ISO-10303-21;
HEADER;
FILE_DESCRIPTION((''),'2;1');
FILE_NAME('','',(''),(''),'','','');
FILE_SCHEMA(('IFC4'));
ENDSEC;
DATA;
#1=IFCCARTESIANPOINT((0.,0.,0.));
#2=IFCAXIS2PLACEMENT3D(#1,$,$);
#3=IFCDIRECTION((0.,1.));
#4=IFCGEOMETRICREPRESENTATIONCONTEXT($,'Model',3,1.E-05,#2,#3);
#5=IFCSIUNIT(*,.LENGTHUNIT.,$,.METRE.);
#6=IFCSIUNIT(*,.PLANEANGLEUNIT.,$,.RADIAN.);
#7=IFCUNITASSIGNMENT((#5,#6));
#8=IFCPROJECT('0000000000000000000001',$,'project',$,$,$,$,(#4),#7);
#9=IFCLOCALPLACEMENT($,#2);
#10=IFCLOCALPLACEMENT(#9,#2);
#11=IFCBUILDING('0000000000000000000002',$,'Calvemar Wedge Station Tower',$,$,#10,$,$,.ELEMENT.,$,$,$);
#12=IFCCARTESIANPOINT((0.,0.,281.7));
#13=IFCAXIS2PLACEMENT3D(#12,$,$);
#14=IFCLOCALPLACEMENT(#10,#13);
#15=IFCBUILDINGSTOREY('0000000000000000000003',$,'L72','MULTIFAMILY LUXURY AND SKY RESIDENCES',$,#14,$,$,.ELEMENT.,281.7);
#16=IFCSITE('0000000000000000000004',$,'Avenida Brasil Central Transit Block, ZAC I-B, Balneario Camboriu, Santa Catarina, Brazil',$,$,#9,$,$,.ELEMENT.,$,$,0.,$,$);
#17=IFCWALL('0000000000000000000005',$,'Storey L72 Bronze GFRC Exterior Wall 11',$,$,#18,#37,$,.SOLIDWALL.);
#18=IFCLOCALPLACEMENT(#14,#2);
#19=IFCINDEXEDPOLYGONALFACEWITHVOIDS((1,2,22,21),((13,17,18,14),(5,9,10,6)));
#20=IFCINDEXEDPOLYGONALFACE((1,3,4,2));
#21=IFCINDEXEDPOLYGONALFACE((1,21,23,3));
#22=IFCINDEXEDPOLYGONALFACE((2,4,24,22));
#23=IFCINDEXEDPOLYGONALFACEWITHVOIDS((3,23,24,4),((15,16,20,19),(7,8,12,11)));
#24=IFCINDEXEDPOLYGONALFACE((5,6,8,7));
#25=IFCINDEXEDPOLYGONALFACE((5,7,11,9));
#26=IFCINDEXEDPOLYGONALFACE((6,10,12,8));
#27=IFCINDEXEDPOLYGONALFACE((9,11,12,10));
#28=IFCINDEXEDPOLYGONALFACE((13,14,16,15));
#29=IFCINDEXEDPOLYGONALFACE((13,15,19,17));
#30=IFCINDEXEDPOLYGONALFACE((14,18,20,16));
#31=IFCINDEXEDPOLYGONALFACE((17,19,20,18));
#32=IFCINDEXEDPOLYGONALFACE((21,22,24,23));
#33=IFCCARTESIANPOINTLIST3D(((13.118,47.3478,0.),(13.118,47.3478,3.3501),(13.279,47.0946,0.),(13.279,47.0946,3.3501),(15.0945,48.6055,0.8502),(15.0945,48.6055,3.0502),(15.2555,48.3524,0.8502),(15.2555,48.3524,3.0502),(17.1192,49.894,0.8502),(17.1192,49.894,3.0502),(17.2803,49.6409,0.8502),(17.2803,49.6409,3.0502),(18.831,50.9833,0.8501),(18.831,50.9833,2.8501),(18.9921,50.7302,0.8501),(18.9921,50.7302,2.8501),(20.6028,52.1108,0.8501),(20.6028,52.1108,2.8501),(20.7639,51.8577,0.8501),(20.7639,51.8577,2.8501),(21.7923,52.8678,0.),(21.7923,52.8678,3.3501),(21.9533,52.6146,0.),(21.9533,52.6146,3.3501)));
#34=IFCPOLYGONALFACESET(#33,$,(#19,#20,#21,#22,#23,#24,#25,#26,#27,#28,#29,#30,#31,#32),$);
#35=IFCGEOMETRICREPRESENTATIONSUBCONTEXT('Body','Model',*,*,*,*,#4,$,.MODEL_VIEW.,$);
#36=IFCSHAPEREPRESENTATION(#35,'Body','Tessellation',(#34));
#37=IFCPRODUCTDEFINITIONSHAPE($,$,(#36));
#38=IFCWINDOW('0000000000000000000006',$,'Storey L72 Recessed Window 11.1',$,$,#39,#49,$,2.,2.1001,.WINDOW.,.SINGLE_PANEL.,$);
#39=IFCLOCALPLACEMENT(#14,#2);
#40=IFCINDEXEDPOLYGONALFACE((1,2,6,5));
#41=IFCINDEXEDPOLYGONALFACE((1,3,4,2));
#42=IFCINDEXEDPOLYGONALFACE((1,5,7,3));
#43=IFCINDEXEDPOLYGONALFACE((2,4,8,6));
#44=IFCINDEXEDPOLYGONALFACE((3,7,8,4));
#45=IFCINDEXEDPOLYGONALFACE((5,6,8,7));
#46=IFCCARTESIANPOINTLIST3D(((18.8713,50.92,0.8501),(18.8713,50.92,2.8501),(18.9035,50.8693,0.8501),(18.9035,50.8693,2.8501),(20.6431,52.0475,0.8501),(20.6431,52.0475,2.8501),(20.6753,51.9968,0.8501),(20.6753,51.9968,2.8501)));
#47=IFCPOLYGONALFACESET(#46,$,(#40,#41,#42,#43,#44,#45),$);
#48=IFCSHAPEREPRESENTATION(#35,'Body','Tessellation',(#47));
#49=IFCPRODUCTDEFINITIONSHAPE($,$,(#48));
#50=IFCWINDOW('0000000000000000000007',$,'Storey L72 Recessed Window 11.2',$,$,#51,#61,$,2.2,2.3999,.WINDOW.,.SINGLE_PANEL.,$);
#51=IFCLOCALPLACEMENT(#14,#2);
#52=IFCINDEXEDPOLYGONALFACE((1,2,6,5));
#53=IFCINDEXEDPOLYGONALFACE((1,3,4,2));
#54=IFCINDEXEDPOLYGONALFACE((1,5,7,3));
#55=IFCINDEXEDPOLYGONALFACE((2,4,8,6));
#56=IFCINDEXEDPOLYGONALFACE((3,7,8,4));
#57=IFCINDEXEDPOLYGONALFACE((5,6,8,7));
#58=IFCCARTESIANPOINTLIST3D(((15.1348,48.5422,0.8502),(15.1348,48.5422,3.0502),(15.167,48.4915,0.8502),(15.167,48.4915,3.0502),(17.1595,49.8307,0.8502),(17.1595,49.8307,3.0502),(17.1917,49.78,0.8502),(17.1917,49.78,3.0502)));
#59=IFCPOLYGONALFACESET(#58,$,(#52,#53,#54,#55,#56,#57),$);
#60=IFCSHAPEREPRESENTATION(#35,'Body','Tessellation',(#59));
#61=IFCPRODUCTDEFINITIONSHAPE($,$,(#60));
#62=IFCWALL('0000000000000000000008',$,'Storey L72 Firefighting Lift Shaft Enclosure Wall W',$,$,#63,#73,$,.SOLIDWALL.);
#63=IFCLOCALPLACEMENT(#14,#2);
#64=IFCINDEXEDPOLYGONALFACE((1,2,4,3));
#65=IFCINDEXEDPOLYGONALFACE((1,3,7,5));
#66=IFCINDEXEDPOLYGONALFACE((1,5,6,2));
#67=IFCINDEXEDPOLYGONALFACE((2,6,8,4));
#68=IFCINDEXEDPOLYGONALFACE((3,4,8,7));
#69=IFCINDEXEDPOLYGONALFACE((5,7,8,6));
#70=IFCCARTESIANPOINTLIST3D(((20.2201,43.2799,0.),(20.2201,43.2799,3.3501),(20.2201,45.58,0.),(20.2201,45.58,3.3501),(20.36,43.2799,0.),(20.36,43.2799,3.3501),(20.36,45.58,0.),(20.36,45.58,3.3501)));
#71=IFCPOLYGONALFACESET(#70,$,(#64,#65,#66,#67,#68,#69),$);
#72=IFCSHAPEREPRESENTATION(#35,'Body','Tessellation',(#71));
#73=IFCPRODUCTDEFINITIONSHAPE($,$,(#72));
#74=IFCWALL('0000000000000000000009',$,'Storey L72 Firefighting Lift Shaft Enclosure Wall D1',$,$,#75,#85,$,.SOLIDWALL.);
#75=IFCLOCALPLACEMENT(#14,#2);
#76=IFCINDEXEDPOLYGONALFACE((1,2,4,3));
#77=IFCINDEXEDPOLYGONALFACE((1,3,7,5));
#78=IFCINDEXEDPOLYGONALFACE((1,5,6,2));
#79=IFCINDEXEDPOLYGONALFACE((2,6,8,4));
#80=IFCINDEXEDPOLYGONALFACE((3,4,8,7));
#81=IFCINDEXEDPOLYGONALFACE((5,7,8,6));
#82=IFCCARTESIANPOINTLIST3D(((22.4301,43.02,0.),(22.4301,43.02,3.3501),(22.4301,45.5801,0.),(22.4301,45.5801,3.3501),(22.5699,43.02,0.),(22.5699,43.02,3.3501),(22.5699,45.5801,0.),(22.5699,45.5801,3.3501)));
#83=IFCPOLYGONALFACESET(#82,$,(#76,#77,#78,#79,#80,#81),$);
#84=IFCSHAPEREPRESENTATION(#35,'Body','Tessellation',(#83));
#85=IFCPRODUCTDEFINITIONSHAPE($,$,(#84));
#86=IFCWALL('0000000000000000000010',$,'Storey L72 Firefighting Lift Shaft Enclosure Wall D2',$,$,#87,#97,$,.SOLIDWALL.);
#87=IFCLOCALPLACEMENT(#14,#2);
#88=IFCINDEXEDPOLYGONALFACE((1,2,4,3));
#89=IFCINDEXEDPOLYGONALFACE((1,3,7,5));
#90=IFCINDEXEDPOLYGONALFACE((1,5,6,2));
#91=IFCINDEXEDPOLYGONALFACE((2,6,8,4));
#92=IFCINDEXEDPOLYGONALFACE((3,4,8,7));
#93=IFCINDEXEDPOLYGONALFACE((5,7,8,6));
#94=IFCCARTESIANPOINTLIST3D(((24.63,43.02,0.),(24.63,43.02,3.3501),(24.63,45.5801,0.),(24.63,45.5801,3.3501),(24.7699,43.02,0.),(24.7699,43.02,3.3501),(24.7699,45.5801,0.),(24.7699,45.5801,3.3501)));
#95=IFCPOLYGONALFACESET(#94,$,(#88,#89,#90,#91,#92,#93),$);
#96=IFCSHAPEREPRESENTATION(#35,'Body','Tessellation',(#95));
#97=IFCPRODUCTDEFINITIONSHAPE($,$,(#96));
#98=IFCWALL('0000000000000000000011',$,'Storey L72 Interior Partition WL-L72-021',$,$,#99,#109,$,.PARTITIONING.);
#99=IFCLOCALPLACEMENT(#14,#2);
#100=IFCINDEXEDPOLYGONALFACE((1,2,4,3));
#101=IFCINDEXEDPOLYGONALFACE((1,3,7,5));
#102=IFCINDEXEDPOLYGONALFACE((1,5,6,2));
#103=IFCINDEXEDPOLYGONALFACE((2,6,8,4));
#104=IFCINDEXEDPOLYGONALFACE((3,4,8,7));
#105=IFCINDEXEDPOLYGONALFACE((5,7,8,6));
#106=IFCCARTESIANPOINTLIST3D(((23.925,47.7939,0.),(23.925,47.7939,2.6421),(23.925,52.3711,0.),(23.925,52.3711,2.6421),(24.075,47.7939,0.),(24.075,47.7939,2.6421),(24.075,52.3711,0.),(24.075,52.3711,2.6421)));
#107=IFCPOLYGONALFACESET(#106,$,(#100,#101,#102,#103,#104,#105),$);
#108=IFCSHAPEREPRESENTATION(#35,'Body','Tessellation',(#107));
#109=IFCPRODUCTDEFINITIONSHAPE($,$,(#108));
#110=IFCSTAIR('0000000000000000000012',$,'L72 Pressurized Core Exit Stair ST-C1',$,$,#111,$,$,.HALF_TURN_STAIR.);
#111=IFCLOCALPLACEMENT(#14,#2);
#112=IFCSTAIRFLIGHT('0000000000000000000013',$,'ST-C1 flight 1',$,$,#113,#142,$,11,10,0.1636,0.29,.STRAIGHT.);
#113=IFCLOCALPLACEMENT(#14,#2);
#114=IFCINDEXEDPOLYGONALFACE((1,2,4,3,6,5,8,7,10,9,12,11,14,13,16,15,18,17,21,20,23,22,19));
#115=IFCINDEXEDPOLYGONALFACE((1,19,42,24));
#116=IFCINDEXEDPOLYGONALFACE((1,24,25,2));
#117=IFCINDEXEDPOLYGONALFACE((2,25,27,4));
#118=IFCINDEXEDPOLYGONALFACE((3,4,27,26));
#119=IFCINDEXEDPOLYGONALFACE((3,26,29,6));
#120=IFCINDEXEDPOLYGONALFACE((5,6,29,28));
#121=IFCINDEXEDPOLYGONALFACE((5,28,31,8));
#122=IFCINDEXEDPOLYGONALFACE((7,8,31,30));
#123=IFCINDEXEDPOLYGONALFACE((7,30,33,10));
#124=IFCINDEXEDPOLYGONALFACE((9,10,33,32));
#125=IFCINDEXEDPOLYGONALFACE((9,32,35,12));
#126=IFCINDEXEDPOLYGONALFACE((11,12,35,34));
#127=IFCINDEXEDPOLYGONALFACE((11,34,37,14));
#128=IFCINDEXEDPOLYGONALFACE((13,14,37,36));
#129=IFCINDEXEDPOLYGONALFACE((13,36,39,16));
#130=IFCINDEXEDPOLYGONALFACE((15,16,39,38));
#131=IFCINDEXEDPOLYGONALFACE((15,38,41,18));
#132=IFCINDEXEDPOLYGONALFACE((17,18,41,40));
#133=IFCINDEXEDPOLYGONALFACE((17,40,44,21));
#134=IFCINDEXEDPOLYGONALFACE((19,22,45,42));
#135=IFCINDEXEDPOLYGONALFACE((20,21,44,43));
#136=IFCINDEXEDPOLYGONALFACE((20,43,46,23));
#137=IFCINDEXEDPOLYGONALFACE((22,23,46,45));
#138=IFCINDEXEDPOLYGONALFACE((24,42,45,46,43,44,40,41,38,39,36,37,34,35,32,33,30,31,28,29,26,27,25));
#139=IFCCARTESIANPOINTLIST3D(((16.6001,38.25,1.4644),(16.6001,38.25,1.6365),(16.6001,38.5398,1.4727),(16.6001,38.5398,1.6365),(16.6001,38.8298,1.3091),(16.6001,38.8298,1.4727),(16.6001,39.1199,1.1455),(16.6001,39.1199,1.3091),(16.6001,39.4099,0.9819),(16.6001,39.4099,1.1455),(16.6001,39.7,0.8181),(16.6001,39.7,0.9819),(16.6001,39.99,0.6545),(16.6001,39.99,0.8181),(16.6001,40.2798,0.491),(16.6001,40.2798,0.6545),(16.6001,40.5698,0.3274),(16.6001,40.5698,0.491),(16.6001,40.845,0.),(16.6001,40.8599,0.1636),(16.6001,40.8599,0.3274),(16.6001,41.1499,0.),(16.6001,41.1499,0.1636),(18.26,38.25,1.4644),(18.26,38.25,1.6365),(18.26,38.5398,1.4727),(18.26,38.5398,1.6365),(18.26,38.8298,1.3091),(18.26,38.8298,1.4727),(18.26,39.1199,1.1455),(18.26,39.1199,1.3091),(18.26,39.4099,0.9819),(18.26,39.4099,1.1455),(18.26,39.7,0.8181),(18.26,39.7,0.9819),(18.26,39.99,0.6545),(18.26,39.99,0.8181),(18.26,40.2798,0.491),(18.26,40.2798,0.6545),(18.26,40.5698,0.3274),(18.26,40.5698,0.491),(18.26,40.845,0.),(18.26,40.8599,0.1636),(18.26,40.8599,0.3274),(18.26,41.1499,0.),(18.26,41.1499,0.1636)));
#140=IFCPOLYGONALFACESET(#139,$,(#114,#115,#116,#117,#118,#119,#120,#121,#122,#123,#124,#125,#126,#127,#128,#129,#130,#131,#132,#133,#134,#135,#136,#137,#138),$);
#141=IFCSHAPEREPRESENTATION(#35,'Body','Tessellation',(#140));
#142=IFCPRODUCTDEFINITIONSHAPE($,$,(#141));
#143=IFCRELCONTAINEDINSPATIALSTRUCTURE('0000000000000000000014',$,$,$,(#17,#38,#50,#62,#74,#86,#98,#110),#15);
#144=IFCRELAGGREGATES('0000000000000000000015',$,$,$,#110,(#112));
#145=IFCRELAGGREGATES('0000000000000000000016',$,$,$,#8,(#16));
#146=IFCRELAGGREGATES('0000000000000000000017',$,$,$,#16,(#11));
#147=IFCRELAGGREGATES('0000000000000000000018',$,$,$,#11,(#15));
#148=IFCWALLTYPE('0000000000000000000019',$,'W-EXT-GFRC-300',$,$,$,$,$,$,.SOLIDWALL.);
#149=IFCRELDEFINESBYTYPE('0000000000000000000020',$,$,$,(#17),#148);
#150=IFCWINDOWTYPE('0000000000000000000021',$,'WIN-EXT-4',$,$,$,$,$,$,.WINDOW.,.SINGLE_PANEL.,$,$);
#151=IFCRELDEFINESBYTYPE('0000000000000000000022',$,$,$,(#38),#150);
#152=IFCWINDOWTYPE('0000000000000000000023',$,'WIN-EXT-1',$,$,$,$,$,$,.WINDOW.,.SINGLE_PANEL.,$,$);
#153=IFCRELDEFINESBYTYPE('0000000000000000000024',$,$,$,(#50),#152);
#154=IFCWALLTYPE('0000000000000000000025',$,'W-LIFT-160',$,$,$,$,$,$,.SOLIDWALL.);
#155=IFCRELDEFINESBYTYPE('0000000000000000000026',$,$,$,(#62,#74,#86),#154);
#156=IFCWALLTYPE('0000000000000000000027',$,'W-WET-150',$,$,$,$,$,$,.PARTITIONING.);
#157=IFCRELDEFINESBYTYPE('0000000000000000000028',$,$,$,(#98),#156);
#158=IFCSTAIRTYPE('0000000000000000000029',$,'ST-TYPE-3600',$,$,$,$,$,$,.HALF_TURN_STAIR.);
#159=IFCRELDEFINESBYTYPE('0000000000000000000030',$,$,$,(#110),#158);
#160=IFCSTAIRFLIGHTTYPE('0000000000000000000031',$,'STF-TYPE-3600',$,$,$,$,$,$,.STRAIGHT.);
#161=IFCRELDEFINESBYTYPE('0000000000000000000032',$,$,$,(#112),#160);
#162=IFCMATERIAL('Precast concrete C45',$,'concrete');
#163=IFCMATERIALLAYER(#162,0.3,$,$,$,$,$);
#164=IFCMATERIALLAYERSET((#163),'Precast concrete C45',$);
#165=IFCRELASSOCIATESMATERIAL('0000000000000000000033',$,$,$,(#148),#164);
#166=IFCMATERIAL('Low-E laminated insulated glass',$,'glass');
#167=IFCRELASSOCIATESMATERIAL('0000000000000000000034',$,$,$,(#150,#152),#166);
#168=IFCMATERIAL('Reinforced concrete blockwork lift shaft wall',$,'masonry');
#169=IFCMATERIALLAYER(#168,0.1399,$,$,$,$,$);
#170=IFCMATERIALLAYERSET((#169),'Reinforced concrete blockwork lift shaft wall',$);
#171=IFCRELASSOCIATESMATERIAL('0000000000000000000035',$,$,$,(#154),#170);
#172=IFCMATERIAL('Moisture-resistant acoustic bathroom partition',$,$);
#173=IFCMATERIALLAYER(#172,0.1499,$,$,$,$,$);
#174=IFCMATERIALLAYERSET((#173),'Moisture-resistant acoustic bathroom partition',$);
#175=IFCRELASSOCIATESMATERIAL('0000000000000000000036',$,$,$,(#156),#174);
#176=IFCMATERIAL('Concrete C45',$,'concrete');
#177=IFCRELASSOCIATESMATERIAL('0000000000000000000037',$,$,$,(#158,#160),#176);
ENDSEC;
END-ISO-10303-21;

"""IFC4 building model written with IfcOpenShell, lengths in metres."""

from ifc_helpers import new_model, si_unit, direction, frame, frame_2d, origin, place, context, subcontext, project, spatial, polyline, rectangle, outline, extrude, source, transform, mapped, material, layer, layer_set, type_object, element, fill, aggregate, save


model = new_model("IFC4")

# Units and contexts
model_context = context("Model", 3, precision=1e-05, world=origin(), true_north=direction((0.0, 1.0)))
body_context = subcontext(model_context, "Body", "Model", "MODEL_VIEW")
ifc_project = project(units=[si_unit("LENGTHUNIT", "METRE"), si_unit("PLANEANGLEUNIT", "RADIAN")], contexts=[model_context])

# Site, building, storey
site_placement = place(None, origin())
site = spatial("IfcSite", under=ifc_project, at=site_placement, Name="Avenida Brasil Central Transit Block, ZAC I-B, Balneario Camboriu, Santa Catarina, Brazil", CompositionType="ELEMENT", RefElevation=0.0)
building_placement = place(site_placement, origin())
building = spatial("IfcBuilding", under=site, at=building_placement, Name="Calvemar Wedge Station Tower", CompositionType="ELEMENT")
storey_placement = place(building_placement, frame((0.0, 0.0, 281.7)))
storey = spatial("IfcBuildingStorey", under=building, at=storey_placement, Name="L72", Description="MULTIFAMILY LUXURY AND SKY RESIDENCES", CompositionType="ELEMENT", Elevation=281.7)

# Shared definitions
ifc_material_1 = material(Name="Low-E laminated insulated glass", Category="glass")

# Shared definitions
ifc_material_2 = material(Name="Precast concrete C45", Category="concrete")

# Shared definitions
ifc_layer_1 = layer(ifc_material_2, 0.3)
ifc_layer_set_1 = layer_set([ifc_layer_1], Name="Precast concrete C45")
wall_type_1 = type_object("IfcWallType", Name="W-EXT-GFRC-300", PredefinedType="SOLIDWALL", material=ifc_layer_set_1)

# Wall, openings, windows
wall_1_placement = place(storey_placement, frame((21.8728, 52.7412, 0.0), z_axis=(0.0, 0.0, 1.0), x_axis=(-0.843661, -0.536875, 0.0)))
wall_1 = element("IfcWall", 1, at=wall_1_placement, inside=storey, type_object=wall_type_1, Name="Storey L72 Bronze GFRC Exterior Wall 11", PredefinedType="SOLIDWALL", context=body_context, shape_type="SweptSolid", body=[
    extrude(rectangle(XDim=10.2817, YDim=0.3, at=frame_2d((5.1409, 0.0))), origin(), (0.0, 0.0, 1.0), 3.3501),
])
shared_shape_1 = source(origin(), body_context, "Body", "SweptSolid", [
    extrude(rectangle(XDim=2.1001, YDim=2.0, at=frame_2d((1.05, 1.0))), frame((0.0, 0.1602, 0.0), z_axis=(0.0, -1.0, 0.0), x_axis=(1.0, 0.0, 0.0)), (0.0, 0.0, 1.0), 0.3201),
])
opening_1_placement = place(wall_1_placement, frame((1.4099, 0.0, 0.8501)))
opening_1 = element("IfcOpeningElement", 2, at=opening_1_placement, cuts=wall_1, PredefinedType="OPENING", context=body_context, shape_type="MappedRepresentation", body=[
    mapped(shared_shape_1, transform((0.0, 0.0, 0.0), scale=1.0)),
])
shared_shape_2 = source(origin(), body_context, "Body", "SweptSolid", [
    extrude(rectangle(XDim=2.3999, YDim=2.2, at=frame_2d((1.2, 1.1001))), frame((0.0, 0.1602, 0.0), z_axis=(0.0, -1.0, 0.0), x_axis=(1.0, 0.0, 0.0)), (0.0, 0.0, 1.0), 0.3201),
])
opening_2_placement = place(wall_1_placement, frame((5.5391, 0.0, 0.8501)))
opening_2 = element("IfcOpeningElement", 3, at=opening_2_placement, cuts=wall_1, PredefinedType="OPENING", context=body_context, shape_type="MappedRepresentation", body=[
    mapped(shared_shape_2, transform((0.0, 0.0, 0.0), scale=1.0)),
])
window_type_1 = type_object("IfcWindowType", Name="WIN-EXT-4", PartitioningType="SINGLE_PANEL", PredefinedType="WINDOW", material=ifc_material_1)
shared_shape_3 = source(origin(), body_context, "Body", "SweptSolid", [
    extrude(rectangle(XDim=2.1001, YDim=2.0, at=frame_2d((1.05, 1.0))), frame((0.0, -0.0149, 0.0), z_axis=(0.0, -1.0, 0.0), x_axis=(1.0, 0.0, 0.0)), (0.0, 0.0, 1.0), 0.0601),
])
window_1_placement = place(opening_1_placement, origin())
window_1 = element("IfcWindow", 4, at=window_1_placement, inside=storey, type_object=window_type_1, Name="Storey L72 Recessed Window 11.1", OverallHeight=2.0, OverallWidth=2.1001, PartitioningType="SINGLE_PANEL", PredefinedType="WINDOW", context=body_context, shape_type="MappedRepresentation", body=[
    mapped(shared_shape_3, transform((0.0, 0.0, 0.0), scale=1.0)),
])
fill(opening_1, window_1)
window_type_2 = type_object("IfcWindowType", Name="WIN-EXT-1", PartitioningType="SINGLE_PANEL", PredefinedType="WINDOW", material=ifc_material_1)
shared_shape_4 = source(origin(), body_context, "Body", "SweptSolid", [
    extrude(rectangle(XDim=2.3999, YDim=2.2, at=frame_2d((1.2, 1.1001))), frame((0.0, -0.0149, 0.0), z_axis=(0.0, -1.0, 0.0), x_axis=(1.0, 0.0, 0.0)), (0.0, 0.0, 1.0), 0.0601),
])
window_2_placement = place(opening_2_placement, origin())
window_2 = element("IfcWindow", 5, at=window_2_placement, inside=storey, type_object=window_type_2, Name="Storey L72 Recessed Window 11.2", OverallHeight=2.2, OverallWidth=2.3999, PartitioningType="SINGLE_PANEL", PredefinedType="WINDOW", context=body_context, shape_type="MappedRepresentation", body=[
    mapped(shared_shape_4, transform((0.0, 0.0, 0.0), scale=1.0)),
])
fill(opening_2, window_2)

# Shared definitions
ifc_material_3 = material(Name="Reinforced concrete blockwork lift shaft wall", Category="masonry")
ifc_layer_2 = layer(ifc_material_3, 0.1399)
ifc_layer_set_2 = layer_set([ifc_layer_2], Name="Reinforced concrete blockwork lift shaft wall")
wall_type_2 = type_object("IfcWallType", Name="W-LIFT-160", PredefinedType="SOLIDWALL", material=ifc_layer_set_2)

# Walls
wall_2_placement = place(storey_placement, frame((20.29, 43.28, 0.0), z_axis=(0.0, 0.0, 1.0), x_axis=(0.0, 1.0, 0.0)))
element("IfcWall", 6, at=wall_2_placement, inside=storey, type_object=wall_type_2, Name="Storey L72 Firefighting Lift Shaft Enclosure Wall W", PredefinedType="SOLIDWALL", context=body_context, shape_type="SweptSolid", body=[
    extrude(rectangle(XDim=2.3, YDim=0.1399, at=frame_2d((1.1499, 0.0))), origin(), (0.0, 0.0, 1.0), 3.3501),
])
for number, where, z_axis, x_axis, name in (
    (7, (22.5, 43.02, 0.0), (0.0, 0.0, 1.0), (0.0, 1.0, 0.0), "Storey L72 Firefighting Lift Shaft Enclosure Wall D1"),
    (8, (24.7, 43.02, 0.0), (0.0, 0.0, 1.0), (0.0, 1.0, 0.0), "Storey L72 Firefighting Lift Shaft Enclosure Wall D2"),
):
    element("IfcWall", number, at=place(storey_placement, frame(where, z_axis=z_axis, x_axis=x_axis)), inside=storey, type_object=wall_type_2, Name=name, PredefinedType="SOLIDWALL", context=body_context, shape_type="SweptSolid", body=[
        extrude(rectangle(XDim=2.5601, YDim=0.1399, at=frame_2d((1.28, 0.0))), origin(), (0.0, 0.0, 1.0), 3.3501),
    ])
ifc_material_4 = material(Name="Moisture-resistant acoustic bathroom partition")
ifc_layer_3 = layer(ifc_material_4, 0.1499)
ifc_layer_set_3 = layer_set([ifc_layer_3], Name="Moisture-resistant acoustic bathroom partition")
wall_type_3 = type_object("IfcWallType", Name="W-WET-150", PredefinedType="PARTITIONING", material=ifc_layer_set_3)
wall_3_placement = place(storey_placement, frame((24.0, 52.3711, 0.0), z_axis=(0.0, 0.0, 1.0), x_axis=(0.0, -1.0, 0.0)))
element("IfcWall", 9, at=wall_3_placement, inside=storey, type_object=wall_type_3, Name="Storey L72 Interior Partition WL-L72-021", PredefinedType="PARTITIONING", context=body_context, shape_type="SweptSolid", body=[
    extrude(rectangle(XDim=4.5771, YDim=0.1499, at=frame_2d((2.2886, 0.0))), origin(), (0.0, 0.0, 1.0), 2.6421),
])

# Stair, stair flight
ifc_material_5 = material(Name="Concrete C45", Category="concrete")
stair_type = type_object("IfcStairType", Name="ST-TYPE-3600", PredefinedType="HALF_TURN_STAIR", material=ifc_material_5)
stair_placement = place(storey_placement, origin())
stair = element("IfcStair", 10, at=stair_placement, inside=storey, type_object=stair_type, Name="L72 Pressurized Core Exit Stair ST-C1", PredefinedType="HALF_TURN_STAIR")
stair_flight_type = type_object("IfcStairFlightType", Name="STF-TYPE-3600", PredefinedType="STRAIGHT", material=ifc_material_5)
stair_flight_placement = place(storey_placement, frame((17.4299, 41.1499, 0.0), z_axis=(0.0, 0.0, 1.0), x_axis=(0.0, -1.0, 0.0)))
stair_flight = element("IfcStairFlight", 11, at=stair_flight_placement, type_object=stair_flight_type, Name="ST-C1 flight 1", NumberOfRisers=11, NumberOfTreads=10, PredefinedType="STRAIGHT", RiserHeight=0.1636, TreadLength=0.29, context=body_context, shape_type="SweptSolid", body=[
    extrude(outline(polyline([(0.0, 0.0), (0.0, 0.1636), (0.29, 0.1636), (0.29, 0.3274), (0.5801, 0.3274), (0.5801, 0.491), (0.8701, 0.491), (0.8701, 0.6545), (1.1599, 0.6545), (1.1599, 0.8181), (1.45, 0.8181), (1.45, 0.9819), (1.74, 0.9819), (1.74, 1.1455), (2.03, 1.1455), (2.03, 1.3091), (2.3201, 1.3091), (2.3201, 1.4727), (2.6101, 1.4727), (2.6101, 1.6365), (2.8999, 1.6365), (2.8999, 1.8), (2.8999, 1.4644), (0.3049, 0.0), (0.0, 0.0)])), frame((0.0, 0.8301, 0.0), z_axis=(0.0, -1.0, 0.0), x_axis=(1.0, 0.0, 0.0)), (0.0, 0.0, 1.0), 1.6599),
])
aggregate(stair, [stair_flight])

save(model, "model.ifc")
